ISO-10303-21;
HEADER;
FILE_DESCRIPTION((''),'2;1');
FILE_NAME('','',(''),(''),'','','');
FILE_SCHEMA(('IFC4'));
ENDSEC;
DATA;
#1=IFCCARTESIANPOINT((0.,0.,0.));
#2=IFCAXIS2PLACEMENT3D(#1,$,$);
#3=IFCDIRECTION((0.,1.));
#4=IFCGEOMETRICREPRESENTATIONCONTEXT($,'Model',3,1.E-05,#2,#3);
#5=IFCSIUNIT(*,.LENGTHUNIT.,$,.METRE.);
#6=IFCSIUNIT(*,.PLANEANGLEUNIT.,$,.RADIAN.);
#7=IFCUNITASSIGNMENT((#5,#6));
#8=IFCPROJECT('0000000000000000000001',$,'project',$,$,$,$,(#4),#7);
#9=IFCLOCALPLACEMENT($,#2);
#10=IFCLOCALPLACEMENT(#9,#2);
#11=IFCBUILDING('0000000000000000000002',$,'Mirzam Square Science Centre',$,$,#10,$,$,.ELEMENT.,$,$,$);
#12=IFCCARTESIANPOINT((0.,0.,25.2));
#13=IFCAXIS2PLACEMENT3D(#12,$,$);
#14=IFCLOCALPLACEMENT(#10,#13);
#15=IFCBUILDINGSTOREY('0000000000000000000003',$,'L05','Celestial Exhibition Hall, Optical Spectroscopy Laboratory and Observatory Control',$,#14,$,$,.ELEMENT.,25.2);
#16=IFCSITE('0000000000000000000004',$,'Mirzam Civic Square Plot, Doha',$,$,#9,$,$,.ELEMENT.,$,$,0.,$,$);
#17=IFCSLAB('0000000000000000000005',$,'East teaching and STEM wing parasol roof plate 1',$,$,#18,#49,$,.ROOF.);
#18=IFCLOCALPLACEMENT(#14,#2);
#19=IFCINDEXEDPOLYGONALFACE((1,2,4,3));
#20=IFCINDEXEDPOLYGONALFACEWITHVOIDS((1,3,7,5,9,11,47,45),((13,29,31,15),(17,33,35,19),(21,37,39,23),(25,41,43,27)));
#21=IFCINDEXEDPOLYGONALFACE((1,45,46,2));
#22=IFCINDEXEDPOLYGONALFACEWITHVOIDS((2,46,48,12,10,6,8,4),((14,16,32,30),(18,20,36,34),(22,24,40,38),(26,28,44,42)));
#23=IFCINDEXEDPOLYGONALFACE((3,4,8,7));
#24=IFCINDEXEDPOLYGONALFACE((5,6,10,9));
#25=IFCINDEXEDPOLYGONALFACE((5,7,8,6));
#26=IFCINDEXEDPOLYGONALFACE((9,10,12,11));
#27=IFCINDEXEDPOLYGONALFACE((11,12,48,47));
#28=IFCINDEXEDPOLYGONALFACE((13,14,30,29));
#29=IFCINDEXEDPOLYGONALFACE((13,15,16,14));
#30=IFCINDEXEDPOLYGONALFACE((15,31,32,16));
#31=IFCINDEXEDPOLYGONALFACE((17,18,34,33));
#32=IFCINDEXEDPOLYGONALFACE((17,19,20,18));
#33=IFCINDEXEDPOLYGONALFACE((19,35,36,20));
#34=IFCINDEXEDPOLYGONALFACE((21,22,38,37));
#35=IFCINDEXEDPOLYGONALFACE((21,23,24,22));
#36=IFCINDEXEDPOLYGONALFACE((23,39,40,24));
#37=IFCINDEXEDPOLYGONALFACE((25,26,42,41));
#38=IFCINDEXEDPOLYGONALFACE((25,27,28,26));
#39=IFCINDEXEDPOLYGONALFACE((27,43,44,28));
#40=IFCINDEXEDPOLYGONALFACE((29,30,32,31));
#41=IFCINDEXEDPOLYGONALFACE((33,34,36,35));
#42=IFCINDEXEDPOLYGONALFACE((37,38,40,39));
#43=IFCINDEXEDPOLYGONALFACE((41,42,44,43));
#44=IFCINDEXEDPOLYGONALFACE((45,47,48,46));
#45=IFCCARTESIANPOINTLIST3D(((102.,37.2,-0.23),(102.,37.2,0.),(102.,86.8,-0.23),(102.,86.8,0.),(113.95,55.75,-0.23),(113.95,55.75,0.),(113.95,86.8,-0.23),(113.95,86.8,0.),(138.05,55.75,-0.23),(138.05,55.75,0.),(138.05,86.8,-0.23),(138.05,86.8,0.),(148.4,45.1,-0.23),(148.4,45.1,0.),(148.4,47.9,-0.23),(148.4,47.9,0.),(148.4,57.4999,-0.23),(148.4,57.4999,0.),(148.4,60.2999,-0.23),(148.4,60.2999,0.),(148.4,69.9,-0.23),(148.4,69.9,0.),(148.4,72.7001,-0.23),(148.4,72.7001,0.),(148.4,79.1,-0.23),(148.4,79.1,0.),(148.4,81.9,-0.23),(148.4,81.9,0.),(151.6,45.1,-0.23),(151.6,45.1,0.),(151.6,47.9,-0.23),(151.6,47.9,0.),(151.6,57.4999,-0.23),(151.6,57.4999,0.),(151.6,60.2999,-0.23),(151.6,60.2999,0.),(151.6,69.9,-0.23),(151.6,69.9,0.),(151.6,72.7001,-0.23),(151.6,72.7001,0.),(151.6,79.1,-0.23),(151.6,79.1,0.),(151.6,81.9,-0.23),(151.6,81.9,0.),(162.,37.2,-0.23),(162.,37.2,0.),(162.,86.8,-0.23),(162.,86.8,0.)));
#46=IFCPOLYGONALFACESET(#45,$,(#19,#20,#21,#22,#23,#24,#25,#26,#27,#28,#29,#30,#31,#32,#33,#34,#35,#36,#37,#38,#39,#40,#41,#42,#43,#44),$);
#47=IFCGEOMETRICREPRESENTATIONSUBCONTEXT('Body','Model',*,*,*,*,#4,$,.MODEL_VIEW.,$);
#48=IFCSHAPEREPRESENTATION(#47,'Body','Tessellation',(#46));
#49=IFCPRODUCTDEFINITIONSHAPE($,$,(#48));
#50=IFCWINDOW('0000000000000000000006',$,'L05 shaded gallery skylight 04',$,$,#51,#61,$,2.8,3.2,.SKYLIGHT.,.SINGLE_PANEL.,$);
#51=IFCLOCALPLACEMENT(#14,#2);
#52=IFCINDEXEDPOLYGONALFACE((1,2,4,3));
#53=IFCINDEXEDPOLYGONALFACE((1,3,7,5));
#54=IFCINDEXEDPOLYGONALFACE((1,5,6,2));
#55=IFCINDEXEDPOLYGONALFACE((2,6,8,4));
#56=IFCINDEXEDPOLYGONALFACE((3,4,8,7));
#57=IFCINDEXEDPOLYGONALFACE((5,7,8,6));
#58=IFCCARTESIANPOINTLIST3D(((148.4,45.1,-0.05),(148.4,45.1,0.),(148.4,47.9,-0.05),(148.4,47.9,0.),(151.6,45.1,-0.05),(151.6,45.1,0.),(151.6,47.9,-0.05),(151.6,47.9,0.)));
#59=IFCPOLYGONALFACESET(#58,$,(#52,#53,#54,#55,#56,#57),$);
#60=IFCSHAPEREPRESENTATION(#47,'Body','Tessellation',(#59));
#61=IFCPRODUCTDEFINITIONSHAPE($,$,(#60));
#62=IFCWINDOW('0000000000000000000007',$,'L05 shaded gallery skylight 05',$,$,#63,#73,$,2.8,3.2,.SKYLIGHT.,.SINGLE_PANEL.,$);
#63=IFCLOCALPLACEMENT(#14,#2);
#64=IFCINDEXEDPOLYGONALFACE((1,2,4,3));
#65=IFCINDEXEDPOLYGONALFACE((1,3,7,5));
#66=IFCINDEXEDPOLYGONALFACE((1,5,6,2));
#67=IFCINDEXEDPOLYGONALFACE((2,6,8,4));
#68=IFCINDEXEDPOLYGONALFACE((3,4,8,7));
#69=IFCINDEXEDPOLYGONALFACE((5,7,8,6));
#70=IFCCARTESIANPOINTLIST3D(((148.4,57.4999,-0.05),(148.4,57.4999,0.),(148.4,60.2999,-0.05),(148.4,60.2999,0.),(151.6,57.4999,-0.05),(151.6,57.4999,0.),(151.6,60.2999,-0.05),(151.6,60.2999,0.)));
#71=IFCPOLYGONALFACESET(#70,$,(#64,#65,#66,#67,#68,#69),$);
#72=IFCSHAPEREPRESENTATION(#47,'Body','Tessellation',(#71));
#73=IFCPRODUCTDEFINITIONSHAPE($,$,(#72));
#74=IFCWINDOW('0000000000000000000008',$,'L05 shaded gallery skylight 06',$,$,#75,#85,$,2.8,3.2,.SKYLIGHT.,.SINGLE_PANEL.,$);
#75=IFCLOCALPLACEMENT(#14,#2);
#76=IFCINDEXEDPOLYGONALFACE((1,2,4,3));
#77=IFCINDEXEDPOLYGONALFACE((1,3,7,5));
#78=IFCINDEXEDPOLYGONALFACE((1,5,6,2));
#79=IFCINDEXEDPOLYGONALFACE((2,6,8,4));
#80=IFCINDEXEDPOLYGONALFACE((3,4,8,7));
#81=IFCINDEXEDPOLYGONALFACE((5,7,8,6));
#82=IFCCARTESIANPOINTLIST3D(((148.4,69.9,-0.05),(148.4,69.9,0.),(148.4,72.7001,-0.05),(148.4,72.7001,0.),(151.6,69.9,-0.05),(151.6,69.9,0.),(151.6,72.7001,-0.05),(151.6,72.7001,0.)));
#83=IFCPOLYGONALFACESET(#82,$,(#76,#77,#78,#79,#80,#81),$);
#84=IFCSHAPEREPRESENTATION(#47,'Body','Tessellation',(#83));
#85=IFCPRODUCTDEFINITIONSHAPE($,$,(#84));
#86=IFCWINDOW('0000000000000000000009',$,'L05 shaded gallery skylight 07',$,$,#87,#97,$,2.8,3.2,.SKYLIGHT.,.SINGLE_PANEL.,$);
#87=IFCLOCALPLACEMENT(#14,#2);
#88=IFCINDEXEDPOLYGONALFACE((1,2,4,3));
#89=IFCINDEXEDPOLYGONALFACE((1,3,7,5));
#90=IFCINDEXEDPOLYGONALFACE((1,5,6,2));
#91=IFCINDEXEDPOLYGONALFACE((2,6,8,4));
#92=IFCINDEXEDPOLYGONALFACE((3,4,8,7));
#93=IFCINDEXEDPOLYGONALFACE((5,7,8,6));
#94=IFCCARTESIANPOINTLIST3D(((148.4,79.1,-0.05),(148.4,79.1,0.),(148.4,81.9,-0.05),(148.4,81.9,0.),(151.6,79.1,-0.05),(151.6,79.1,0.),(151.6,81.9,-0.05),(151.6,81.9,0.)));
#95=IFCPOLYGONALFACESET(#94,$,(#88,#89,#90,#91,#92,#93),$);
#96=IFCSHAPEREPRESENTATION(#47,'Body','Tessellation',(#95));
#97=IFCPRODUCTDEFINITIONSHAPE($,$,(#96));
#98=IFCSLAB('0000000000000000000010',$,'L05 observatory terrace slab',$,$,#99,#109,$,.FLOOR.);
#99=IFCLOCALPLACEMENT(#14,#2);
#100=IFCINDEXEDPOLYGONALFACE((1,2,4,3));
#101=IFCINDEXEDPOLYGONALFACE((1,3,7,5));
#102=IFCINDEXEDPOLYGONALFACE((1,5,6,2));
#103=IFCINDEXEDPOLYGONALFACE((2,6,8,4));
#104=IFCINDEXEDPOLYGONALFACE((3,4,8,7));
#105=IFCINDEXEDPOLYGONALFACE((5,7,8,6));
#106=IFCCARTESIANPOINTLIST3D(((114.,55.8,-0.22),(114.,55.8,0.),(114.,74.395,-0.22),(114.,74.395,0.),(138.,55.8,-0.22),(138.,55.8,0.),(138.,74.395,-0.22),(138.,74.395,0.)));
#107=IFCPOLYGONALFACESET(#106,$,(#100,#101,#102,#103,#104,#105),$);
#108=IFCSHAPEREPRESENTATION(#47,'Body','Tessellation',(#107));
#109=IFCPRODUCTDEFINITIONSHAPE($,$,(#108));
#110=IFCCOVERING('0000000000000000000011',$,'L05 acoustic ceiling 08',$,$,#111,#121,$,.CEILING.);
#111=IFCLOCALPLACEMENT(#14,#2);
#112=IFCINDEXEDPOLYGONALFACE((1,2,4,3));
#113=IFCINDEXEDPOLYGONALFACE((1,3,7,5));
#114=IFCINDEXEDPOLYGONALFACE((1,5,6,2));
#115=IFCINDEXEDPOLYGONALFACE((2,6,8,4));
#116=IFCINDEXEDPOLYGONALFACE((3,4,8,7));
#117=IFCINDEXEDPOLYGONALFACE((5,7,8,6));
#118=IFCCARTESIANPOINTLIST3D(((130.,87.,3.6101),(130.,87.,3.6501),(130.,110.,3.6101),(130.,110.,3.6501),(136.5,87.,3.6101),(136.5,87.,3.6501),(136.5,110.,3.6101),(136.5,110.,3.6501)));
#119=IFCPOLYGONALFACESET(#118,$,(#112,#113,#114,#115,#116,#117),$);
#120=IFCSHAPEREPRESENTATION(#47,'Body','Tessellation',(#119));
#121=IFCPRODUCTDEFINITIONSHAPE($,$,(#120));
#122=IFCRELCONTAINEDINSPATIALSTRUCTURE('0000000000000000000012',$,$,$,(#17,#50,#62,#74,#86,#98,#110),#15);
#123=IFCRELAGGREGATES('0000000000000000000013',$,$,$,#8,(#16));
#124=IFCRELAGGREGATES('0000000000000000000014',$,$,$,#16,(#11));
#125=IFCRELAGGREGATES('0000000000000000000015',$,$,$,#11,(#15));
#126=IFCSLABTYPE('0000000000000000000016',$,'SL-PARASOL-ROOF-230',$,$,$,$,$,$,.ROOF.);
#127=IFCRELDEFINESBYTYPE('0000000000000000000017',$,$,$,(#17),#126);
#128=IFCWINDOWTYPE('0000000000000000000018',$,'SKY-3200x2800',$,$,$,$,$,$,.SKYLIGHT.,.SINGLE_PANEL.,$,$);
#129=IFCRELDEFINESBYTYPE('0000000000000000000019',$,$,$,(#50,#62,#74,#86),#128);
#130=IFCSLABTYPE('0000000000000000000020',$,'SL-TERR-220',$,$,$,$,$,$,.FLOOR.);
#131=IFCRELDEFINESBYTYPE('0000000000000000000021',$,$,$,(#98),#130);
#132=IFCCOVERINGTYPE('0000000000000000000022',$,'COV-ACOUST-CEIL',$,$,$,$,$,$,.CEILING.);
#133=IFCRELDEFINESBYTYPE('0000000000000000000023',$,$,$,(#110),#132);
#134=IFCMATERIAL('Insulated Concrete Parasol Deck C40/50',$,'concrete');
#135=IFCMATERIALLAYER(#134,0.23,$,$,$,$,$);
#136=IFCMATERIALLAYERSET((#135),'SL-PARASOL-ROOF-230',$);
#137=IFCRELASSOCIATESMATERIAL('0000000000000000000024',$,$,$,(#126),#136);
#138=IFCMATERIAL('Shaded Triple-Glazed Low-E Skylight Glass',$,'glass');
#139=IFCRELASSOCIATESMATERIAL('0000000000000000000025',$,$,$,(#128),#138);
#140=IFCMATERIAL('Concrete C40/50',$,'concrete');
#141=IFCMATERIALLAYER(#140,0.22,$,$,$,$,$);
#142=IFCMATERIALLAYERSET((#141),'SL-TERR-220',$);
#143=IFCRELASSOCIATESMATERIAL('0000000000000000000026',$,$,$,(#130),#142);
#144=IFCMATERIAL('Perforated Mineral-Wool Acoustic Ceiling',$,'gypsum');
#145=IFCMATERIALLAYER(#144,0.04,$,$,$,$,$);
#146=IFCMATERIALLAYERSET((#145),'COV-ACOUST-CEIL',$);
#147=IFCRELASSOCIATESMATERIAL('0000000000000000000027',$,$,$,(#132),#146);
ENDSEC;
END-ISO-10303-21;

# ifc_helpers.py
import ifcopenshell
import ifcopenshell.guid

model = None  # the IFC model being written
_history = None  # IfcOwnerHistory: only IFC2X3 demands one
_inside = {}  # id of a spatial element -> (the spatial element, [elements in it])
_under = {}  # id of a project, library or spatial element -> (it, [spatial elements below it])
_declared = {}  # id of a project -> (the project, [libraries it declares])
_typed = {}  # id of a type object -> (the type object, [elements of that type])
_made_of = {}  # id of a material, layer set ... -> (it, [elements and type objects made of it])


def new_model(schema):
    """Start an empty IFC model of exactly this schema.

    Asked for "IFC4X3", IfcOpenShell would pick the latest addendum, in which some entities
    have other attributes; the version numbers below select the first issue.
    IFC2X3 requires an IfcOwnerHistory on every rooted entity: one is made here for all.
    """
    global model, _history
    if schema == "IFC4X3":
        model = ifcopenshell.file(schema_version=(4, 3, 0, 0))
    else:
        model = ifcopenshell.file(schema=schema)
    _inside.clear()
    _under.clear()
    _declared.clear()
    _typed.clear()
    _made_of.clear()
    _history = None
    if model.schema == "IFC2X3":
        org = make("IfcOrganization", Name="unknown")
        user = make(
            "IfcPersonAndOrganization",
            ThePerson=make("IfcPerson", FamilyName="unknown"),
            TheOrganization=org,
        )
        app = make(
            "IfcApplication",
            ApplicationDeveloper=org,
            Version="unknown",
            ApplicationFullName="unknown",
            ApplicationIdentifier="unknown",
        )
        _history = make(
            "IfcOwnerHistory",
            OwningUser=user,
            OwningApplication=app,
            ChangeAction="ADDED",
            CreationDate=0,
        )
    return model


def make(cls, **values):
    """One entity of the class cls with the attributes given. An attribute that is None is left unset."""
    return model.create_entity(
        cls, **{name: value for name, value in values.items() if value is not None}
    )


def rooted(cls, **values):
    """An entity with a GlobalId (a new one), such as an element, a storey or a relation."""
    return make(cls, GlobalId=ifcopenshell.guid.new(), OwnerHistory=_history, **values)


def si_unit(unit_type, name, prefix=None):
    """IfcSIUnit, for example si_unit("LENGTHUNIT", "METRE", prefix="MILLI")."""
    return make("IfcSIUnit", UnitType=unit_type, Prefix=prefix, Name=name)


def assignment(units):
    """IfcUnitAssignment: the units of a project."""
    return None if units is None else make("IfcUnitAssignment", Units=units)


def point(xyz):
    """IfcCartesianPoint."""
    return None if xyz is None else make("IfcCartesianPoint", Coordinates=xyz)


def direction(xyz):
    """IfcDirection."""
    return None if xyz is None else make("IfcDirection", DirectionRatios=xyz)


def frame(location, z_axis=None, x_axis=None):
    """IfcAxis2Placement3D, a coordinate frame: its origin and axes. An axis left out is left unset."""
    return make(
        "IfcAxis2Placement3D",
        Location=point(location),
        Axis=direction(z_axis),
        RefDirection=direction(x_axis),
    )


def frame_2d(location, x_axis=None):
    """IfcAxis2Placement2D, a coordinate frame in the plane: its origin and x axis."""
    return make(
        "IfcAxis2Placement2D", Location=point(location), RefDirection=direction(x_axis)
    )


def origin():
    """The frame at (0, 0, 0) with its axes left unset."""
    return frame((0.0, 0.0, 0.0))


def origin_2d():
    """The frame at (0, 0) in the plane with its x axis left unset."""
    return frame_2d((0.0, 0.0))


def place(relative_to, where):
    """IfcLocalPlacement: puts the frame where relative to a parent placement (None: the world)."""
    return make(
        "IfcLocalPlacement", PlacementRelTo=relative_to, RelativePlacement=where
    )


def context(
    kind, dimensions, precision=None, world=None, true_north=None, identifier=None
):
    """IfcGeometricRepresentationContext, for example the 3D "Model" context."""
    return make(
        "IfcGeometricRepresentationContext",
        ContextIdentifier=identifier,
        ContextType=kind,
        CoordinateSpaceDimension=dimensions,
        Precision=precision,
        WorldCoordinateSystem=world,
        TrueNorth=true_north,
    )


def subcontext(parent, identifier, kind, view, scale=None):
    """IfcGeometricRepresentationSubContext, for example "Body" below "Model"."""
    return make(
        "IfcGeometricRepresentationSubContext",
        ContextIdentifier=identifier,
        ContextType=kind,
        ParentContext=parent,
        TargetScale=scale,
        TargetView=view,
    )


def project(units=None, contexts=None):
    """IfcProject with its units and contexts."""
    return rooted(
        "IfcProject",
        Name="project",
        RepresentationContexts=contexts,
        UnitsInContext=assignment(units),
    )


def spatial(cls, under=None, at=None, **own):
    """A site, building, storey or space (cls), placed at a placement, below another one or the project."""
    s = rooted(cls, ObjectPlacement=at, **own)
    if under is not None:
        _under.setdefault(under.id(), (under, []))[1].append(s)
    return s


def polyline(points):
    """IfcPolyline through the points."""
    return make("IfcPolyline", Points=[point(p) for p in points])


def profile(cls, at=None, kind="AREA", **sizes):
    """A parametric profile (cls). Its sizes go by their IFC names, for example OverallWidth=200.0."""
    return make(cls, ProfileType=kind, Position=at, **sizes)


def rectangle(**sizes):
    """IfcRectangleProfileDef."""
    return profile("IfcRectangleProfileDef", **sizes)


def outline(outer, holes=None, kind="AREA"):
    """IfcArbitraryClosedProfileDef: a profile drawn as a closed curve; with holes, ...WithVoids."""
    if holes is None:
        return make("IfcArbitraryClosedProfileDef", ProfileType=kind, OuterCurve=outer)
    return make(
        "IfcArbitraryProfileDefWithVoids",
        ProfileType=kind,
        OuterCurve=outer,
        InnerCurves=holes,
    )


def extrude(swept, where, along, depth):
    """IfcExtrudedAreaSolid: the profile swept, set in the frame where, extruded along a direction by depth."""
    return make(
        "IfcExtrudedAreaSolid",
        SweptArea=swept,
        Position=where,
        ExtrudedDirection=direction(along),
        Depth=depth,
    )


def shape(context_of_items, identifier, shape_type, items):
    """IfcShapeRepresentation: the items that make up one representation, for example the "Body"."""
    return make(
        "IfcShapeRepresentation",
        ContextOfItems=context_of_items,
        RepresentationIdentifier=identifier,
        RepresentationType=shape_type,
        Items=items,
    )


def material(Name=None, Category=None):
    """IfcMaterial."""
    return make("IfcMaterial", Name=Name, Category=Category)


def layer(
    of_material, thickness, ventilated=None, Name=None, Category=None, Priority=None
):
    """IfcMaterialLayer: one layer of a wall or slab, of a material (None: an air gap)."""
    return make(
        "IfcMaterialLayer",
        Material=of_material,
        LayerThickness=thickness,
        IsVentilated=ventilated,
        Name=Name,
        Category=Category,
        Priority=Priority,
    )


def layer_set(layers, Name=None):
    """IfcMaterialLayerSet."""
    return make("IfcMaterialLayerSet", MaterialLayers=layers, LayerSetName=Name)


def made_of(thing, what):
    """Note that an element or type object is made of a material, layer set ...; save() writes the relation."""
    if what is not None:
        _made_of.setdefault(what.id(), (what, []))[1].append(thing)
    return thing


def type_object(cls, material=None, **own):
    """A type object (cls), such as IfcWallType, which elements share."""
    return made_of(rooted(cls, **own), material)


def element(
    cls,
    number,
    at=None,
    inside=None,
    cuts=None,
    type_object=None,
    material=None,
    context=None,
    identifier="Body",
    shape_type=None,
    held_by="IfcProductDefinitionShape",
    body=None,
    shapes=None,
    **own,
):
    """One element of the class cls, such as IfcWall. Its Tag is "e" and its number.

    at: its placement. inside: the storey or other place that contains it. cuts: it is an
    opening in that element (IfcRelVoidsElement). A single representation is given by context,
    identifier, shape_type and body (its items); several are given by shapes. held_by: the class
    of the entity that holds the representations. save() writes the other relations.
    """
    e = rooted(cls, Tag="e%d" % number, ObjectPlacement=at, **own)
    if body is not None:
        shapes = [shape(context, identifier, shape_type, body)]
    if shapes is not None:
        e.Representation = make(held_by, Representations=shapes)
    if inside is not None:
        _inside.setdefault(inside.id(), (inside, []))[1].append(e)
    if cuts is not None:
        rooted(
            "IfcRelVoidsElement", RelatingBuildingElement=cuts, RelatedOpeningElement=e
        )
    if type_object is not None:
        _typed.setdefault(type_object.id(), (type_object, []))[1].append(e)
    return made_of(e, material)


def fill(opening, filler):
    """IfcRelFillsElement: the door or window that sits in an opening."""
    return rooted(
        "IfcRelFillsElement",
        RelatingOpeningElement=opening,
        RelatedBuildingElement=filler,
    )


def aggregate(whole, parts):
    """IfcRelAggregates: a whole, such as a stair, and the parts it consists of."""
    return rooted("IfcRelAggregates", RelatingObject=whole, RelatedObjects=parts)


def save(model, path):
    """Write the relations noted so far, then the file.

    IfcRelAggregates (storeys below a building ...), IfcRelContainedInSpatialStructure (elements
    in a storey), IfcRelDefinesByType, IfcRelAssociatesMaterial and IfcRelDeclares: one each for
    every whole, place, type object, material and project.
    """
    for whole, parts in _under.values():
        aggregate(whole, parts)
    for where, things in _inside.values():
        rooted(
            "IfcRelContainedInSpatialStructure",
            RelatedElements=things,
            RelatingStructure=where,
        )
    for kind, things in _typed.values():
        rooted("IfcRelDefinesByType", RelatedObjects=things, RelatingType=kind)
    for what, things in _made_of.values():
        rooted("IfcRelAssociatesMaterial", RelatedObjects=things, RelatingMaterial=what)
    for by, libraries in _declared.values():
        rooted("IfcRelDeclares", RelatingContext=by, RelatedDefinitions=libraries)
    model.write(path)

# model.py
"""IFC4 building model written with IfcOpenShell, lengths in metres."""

from ifc_helpers import new_model, si_unit, direction, frame, origin, origin_2d, place, context, subcontext, project, spatial, polyline, rectangle, outline, extrude, material, layer, layer_set, type_object, element, fill, save


model = new_model("IFC4")

# Units and contexts
model_context = context("Model", 3, precision=1e-05, world=origin(), true_north=direction((0.0, 1.0)))
body_context = subcontext(model_context, "Body", "Model", "MODEL_VIEW")
ifc_project = project(units=[si_unit("LENGTHUNIT", "METRE"), si_unit("PLANEANGLEUNIT", "RADIAN")], contexts=[model_context])

# Site, building, storey
site_placement = place(None, origin())
site = spatial("IfcSite", under=ifc_project, at=site_placement, Name="Mirzam Civic Square Plot, Doha", CompositionType="ELEMENT", RefElevation=0.0)
building_placement = place(site_placement, origin())
building = spatial("IfcBuilding", under=site, at=building_placement, Name="Mirzam Square Science Centre", CompositionType="ELEMENT")
storey_placement = place(building_placement, frame((0.0, 0.0, 25.2)))
storey = spatial("IfcBuildingStorey", under=building, at=storey_placement, Name="L05", Description="Celestial Exhibition Hall, Optical Spectroscopy Laboratory and Observatory Control", CompositionType="ELEMENT", Elevation=25.2)

# Shared definitions
ifc_material_1 = material(Name="Concrete C40/50", Category="concrete")

# Slab, openings, windows
ifc_material_2 = material(Name="Insulated Concrete Parasol Deck C40/50", Category="concrete")
ifc_layer_1 = layer(ifc_material_2, 0.23)
ifc_layer_set_1 = layer_set([ifc_layer_1], Name="SL-PARASOL-ROOF-230")
slab_type_1 = type_object("IfcSlabType", Name="SL-PARASOL-ROOF-230", PredefinedType="ROOF", material=ifc_layer_set_1)
slab_1_placement = place(storey_placement, frame((0.0, 0.0, -0.23)))
slab_1 = element("IfcSlab", 1, at=slab_1_placement, inside=storey, type_object=slab_type_1, Name="East teaching and STEM wing parasol roof plate 1", PredefinedType="ROOF", context=body_context, shape_type="SweptSolid", body=[
    extrude(outline(polyline([(162.0, 37.2), (102.0, 37.2), (102.0, 86.8), (113.95, 86.8), (113.95, 55.75), (138.05, 55.75), (138.05, 86.8), (162.0, 86.8), (162.0, 37.2)])), origin(), (0.0, 0.0, 1.0), 0.23),
])
opening_1_placement = place(slab_1_placement, frame((150.0, 46.5, -0.01)))
opening_1 = element("IfcOpeningElement", 2, at=opening_1_placement, cuts=slab_1, PredefinedType="OPENING", context=body_context, shape_type="SweptSolid", body=[
    extrude(rectangle(XDim=3.2, YDim=2.8, at=origin_2d()), origin(), (0.0, 0.0, 1.0), 0.25),
])
opening_2_placement = place(slab_1_placement, frame((150.0, 58.8999, -0.01)))
opening_2 = element("IfcOpeningElement", 3, at=opening_2_placement, cuts=slab_1, PredefinedType="OPENING", context=body_context, shape_type="SweptSolid", body=[
    extrude(rectangle(XDim=3.2, YDim=2.8, at=origin_2d()), origin(), (0.0, 0.0, 1.0), 0.25),
])
opening_3_placement = place(slab_1_placement, frame((150.0, 71.3, -0.01)))
opening_3 = element("IfcOpeningElement", 4, at=opening_3_placement, cuts=slab_1, PredefinedType="OPENING", context=body_context, shape_type="SweptSolid", body=[
    extrude(rectangle(XDim=3.2, YDim=2.8, at=origin_2d()), origin(), (0.0, 0.0, 1.0), 0.25),
])
opening_4_placement = place(slab_1_placement, frame((150.0, 80.5, -0.01)))
opening_4 = element("IfcOpeningElement", 5, at=opening_4_placement, cuts=slab_1, PredefinedType="OPENING", context=body_context, shape_type="SweptSolid", body=[
    extrude(rectangle(XDim=3.2, YDim=2.8, at=origin_2d()), origin(), (0.0, 0.0, 1.0), 0.25),
])
ifc_material_3 = material(Name="Shaded Triple-Glazed Low-E Skylight Glass", Category="glass")
window_type = type_object("IfcWindowType", Name="SKY-3200x2800", PartitioningType="SINGLE_PANEL", PredefinedType="SKYLIGHT", material=ifc_material_3)
window_1_placement = place(slab_1_placement, frame((150.0, 46.5, 0.1799)))
window_1 = element("IfcWindow", 6, at=window_1_placement, inside=storey, type_object=window_type, Name="L05 shaded gallery skylight 04", OverallHeight=2.8, OverallWidth=3.2, PartitioningType="SINGLE_PANEL", PredefinedType="SKYLIGHT", context=body_context, shape_type="SweptSolid", body=[
    extrude(rectangle(XDim=3.2, YDim=2.8, at=origin_2d()), origin(), (0.0, 0.0, 1.0), 0.05),
])
fill(opening_1, window_1)
window_2_placement = place(slab_1_placement, frame((150.0, 58.8999, 0.1799)))
window_2 = element("IfcWindow", 7, at=window_2_placement, inside=storey, type_object=window_type, Name="L05 shaded gallery skylight 05", OverallHeight=2.8, OverallWidth=3.2, PartitioningType="SINGLE_PANEL", PredefinedType="SKYLIGHT", context=body_context, shape_type="SweptSolid", body=[
    extrude(rectangle(XDim=3.2, YDim=2.8, at=origin_2d()), origin(), (0.0, 0.0, 1.0), 0.05),
])
fill(opening_2, window_2)
window_3_placement = place(slab_1_placement, frame((150.0, 71.3, 0.1799)))
window_3 = element("IfcWindow", 8, at=window_3_placement, inside=storey, type_object=window_type, Name="L05 shaded gallery skylight 06", OverallHeight=2.8, OverallWidth=3.2, PartitioningType="SINGLE_PANEL", PredefinedType="SKYLIGHT", context=body_context, shape_type="SweptSolid", body=[
    extrude(rectangle(XDim=3.2, YDim=2.8, at=origin_2d()), origin(), (0.0, 0.0, 1.0), 0.05),
])
fill(opening_3, window_3)
window_4_placement = place(slab_1_placement, frame((150.0, 80.5, 0.1799)))
window_4 = element("IfcWindow", 9, at=window_4_placement, inside=storey, type_object=window_type, Name="L05 shaded gallery skylight 07", OverallHeight=2.8, OverallWidth=3.2, PartitioningType="SINGLE_PANEL", PredefinedType="SKYLIGHT", context=body_context, shape_type="SweptSolid", body=[
    extrude(rectangle(XDim=3.2, YDim=2.8, at=origin_2d()), origin(), (0.0, 0.0, 1.0), 0.05),
])
fill(opening_4, window_4)

# Slab
ifc_layer_2 = layer(ifc_material_1, 0.22)
ifc_layer_set_2 = layer_set([ifc_layer_2], Name="SL-TERR-220")
slab_type_2 = type_object("IfcSlabType", Name="SL-TERR-220", PredefinedType="FLOOR", material=ifc_layer_set_2)
slab_2_placement = place(storey_placement, frame((0.0, 0.0, -0.22)))
element("IfcSlab", 10, at=slab_2_placement, inside=storey, type_object=slab_type_2, Name="L05 observatory terrace slab", PredefinedType="FLOOR", context=body_context, shape_type="SweptSolid", body=[
    extrude(outline(polyline([(138.0, 55.8), (114.0, 55.8), (114.0, 74.395), (138.0, 74.395), (138.0, 55.8)])), origin(), (0.0, 0.0, 1.0), 0.22),
])

# Covering
ifc_material_4 = material(Name="Perforated Mineral-Wool Acoustic Ceiling", Category="gypsum")
ifc_layer_3 = layer(ifc_material_4, 0.04)
ifc_layer_set_3 = layer_set([ifc_layer_3], Name="COV-ACOUST-CEIL")
covering_type = type_object("IfcCoveringType", Name="COV-ACOUST-CEIL", PredefinedType="CEILING", material=ifc_layer_set_3)
covering_placement = place(storey_placement, frame((0.0, 0.0, 3.6101)))
element("IfcCovering", 11, at=covering_placement, inside=storey, type_object=covering_type, Name="L05 acoustic ceiling 08", PredefinedType="CEILING", context=body_context, shape_type="SweptSolid", body=[
    extrude(outline(polyline([(130.0, 87.0), (136.5, 87.0), (136.5, 110.0), (130.0, 110.0), (130.0, 87.0)])), origin(), (0.0, 0.0, 1.0), 0.04),
])

save(model, "model.ifc")
